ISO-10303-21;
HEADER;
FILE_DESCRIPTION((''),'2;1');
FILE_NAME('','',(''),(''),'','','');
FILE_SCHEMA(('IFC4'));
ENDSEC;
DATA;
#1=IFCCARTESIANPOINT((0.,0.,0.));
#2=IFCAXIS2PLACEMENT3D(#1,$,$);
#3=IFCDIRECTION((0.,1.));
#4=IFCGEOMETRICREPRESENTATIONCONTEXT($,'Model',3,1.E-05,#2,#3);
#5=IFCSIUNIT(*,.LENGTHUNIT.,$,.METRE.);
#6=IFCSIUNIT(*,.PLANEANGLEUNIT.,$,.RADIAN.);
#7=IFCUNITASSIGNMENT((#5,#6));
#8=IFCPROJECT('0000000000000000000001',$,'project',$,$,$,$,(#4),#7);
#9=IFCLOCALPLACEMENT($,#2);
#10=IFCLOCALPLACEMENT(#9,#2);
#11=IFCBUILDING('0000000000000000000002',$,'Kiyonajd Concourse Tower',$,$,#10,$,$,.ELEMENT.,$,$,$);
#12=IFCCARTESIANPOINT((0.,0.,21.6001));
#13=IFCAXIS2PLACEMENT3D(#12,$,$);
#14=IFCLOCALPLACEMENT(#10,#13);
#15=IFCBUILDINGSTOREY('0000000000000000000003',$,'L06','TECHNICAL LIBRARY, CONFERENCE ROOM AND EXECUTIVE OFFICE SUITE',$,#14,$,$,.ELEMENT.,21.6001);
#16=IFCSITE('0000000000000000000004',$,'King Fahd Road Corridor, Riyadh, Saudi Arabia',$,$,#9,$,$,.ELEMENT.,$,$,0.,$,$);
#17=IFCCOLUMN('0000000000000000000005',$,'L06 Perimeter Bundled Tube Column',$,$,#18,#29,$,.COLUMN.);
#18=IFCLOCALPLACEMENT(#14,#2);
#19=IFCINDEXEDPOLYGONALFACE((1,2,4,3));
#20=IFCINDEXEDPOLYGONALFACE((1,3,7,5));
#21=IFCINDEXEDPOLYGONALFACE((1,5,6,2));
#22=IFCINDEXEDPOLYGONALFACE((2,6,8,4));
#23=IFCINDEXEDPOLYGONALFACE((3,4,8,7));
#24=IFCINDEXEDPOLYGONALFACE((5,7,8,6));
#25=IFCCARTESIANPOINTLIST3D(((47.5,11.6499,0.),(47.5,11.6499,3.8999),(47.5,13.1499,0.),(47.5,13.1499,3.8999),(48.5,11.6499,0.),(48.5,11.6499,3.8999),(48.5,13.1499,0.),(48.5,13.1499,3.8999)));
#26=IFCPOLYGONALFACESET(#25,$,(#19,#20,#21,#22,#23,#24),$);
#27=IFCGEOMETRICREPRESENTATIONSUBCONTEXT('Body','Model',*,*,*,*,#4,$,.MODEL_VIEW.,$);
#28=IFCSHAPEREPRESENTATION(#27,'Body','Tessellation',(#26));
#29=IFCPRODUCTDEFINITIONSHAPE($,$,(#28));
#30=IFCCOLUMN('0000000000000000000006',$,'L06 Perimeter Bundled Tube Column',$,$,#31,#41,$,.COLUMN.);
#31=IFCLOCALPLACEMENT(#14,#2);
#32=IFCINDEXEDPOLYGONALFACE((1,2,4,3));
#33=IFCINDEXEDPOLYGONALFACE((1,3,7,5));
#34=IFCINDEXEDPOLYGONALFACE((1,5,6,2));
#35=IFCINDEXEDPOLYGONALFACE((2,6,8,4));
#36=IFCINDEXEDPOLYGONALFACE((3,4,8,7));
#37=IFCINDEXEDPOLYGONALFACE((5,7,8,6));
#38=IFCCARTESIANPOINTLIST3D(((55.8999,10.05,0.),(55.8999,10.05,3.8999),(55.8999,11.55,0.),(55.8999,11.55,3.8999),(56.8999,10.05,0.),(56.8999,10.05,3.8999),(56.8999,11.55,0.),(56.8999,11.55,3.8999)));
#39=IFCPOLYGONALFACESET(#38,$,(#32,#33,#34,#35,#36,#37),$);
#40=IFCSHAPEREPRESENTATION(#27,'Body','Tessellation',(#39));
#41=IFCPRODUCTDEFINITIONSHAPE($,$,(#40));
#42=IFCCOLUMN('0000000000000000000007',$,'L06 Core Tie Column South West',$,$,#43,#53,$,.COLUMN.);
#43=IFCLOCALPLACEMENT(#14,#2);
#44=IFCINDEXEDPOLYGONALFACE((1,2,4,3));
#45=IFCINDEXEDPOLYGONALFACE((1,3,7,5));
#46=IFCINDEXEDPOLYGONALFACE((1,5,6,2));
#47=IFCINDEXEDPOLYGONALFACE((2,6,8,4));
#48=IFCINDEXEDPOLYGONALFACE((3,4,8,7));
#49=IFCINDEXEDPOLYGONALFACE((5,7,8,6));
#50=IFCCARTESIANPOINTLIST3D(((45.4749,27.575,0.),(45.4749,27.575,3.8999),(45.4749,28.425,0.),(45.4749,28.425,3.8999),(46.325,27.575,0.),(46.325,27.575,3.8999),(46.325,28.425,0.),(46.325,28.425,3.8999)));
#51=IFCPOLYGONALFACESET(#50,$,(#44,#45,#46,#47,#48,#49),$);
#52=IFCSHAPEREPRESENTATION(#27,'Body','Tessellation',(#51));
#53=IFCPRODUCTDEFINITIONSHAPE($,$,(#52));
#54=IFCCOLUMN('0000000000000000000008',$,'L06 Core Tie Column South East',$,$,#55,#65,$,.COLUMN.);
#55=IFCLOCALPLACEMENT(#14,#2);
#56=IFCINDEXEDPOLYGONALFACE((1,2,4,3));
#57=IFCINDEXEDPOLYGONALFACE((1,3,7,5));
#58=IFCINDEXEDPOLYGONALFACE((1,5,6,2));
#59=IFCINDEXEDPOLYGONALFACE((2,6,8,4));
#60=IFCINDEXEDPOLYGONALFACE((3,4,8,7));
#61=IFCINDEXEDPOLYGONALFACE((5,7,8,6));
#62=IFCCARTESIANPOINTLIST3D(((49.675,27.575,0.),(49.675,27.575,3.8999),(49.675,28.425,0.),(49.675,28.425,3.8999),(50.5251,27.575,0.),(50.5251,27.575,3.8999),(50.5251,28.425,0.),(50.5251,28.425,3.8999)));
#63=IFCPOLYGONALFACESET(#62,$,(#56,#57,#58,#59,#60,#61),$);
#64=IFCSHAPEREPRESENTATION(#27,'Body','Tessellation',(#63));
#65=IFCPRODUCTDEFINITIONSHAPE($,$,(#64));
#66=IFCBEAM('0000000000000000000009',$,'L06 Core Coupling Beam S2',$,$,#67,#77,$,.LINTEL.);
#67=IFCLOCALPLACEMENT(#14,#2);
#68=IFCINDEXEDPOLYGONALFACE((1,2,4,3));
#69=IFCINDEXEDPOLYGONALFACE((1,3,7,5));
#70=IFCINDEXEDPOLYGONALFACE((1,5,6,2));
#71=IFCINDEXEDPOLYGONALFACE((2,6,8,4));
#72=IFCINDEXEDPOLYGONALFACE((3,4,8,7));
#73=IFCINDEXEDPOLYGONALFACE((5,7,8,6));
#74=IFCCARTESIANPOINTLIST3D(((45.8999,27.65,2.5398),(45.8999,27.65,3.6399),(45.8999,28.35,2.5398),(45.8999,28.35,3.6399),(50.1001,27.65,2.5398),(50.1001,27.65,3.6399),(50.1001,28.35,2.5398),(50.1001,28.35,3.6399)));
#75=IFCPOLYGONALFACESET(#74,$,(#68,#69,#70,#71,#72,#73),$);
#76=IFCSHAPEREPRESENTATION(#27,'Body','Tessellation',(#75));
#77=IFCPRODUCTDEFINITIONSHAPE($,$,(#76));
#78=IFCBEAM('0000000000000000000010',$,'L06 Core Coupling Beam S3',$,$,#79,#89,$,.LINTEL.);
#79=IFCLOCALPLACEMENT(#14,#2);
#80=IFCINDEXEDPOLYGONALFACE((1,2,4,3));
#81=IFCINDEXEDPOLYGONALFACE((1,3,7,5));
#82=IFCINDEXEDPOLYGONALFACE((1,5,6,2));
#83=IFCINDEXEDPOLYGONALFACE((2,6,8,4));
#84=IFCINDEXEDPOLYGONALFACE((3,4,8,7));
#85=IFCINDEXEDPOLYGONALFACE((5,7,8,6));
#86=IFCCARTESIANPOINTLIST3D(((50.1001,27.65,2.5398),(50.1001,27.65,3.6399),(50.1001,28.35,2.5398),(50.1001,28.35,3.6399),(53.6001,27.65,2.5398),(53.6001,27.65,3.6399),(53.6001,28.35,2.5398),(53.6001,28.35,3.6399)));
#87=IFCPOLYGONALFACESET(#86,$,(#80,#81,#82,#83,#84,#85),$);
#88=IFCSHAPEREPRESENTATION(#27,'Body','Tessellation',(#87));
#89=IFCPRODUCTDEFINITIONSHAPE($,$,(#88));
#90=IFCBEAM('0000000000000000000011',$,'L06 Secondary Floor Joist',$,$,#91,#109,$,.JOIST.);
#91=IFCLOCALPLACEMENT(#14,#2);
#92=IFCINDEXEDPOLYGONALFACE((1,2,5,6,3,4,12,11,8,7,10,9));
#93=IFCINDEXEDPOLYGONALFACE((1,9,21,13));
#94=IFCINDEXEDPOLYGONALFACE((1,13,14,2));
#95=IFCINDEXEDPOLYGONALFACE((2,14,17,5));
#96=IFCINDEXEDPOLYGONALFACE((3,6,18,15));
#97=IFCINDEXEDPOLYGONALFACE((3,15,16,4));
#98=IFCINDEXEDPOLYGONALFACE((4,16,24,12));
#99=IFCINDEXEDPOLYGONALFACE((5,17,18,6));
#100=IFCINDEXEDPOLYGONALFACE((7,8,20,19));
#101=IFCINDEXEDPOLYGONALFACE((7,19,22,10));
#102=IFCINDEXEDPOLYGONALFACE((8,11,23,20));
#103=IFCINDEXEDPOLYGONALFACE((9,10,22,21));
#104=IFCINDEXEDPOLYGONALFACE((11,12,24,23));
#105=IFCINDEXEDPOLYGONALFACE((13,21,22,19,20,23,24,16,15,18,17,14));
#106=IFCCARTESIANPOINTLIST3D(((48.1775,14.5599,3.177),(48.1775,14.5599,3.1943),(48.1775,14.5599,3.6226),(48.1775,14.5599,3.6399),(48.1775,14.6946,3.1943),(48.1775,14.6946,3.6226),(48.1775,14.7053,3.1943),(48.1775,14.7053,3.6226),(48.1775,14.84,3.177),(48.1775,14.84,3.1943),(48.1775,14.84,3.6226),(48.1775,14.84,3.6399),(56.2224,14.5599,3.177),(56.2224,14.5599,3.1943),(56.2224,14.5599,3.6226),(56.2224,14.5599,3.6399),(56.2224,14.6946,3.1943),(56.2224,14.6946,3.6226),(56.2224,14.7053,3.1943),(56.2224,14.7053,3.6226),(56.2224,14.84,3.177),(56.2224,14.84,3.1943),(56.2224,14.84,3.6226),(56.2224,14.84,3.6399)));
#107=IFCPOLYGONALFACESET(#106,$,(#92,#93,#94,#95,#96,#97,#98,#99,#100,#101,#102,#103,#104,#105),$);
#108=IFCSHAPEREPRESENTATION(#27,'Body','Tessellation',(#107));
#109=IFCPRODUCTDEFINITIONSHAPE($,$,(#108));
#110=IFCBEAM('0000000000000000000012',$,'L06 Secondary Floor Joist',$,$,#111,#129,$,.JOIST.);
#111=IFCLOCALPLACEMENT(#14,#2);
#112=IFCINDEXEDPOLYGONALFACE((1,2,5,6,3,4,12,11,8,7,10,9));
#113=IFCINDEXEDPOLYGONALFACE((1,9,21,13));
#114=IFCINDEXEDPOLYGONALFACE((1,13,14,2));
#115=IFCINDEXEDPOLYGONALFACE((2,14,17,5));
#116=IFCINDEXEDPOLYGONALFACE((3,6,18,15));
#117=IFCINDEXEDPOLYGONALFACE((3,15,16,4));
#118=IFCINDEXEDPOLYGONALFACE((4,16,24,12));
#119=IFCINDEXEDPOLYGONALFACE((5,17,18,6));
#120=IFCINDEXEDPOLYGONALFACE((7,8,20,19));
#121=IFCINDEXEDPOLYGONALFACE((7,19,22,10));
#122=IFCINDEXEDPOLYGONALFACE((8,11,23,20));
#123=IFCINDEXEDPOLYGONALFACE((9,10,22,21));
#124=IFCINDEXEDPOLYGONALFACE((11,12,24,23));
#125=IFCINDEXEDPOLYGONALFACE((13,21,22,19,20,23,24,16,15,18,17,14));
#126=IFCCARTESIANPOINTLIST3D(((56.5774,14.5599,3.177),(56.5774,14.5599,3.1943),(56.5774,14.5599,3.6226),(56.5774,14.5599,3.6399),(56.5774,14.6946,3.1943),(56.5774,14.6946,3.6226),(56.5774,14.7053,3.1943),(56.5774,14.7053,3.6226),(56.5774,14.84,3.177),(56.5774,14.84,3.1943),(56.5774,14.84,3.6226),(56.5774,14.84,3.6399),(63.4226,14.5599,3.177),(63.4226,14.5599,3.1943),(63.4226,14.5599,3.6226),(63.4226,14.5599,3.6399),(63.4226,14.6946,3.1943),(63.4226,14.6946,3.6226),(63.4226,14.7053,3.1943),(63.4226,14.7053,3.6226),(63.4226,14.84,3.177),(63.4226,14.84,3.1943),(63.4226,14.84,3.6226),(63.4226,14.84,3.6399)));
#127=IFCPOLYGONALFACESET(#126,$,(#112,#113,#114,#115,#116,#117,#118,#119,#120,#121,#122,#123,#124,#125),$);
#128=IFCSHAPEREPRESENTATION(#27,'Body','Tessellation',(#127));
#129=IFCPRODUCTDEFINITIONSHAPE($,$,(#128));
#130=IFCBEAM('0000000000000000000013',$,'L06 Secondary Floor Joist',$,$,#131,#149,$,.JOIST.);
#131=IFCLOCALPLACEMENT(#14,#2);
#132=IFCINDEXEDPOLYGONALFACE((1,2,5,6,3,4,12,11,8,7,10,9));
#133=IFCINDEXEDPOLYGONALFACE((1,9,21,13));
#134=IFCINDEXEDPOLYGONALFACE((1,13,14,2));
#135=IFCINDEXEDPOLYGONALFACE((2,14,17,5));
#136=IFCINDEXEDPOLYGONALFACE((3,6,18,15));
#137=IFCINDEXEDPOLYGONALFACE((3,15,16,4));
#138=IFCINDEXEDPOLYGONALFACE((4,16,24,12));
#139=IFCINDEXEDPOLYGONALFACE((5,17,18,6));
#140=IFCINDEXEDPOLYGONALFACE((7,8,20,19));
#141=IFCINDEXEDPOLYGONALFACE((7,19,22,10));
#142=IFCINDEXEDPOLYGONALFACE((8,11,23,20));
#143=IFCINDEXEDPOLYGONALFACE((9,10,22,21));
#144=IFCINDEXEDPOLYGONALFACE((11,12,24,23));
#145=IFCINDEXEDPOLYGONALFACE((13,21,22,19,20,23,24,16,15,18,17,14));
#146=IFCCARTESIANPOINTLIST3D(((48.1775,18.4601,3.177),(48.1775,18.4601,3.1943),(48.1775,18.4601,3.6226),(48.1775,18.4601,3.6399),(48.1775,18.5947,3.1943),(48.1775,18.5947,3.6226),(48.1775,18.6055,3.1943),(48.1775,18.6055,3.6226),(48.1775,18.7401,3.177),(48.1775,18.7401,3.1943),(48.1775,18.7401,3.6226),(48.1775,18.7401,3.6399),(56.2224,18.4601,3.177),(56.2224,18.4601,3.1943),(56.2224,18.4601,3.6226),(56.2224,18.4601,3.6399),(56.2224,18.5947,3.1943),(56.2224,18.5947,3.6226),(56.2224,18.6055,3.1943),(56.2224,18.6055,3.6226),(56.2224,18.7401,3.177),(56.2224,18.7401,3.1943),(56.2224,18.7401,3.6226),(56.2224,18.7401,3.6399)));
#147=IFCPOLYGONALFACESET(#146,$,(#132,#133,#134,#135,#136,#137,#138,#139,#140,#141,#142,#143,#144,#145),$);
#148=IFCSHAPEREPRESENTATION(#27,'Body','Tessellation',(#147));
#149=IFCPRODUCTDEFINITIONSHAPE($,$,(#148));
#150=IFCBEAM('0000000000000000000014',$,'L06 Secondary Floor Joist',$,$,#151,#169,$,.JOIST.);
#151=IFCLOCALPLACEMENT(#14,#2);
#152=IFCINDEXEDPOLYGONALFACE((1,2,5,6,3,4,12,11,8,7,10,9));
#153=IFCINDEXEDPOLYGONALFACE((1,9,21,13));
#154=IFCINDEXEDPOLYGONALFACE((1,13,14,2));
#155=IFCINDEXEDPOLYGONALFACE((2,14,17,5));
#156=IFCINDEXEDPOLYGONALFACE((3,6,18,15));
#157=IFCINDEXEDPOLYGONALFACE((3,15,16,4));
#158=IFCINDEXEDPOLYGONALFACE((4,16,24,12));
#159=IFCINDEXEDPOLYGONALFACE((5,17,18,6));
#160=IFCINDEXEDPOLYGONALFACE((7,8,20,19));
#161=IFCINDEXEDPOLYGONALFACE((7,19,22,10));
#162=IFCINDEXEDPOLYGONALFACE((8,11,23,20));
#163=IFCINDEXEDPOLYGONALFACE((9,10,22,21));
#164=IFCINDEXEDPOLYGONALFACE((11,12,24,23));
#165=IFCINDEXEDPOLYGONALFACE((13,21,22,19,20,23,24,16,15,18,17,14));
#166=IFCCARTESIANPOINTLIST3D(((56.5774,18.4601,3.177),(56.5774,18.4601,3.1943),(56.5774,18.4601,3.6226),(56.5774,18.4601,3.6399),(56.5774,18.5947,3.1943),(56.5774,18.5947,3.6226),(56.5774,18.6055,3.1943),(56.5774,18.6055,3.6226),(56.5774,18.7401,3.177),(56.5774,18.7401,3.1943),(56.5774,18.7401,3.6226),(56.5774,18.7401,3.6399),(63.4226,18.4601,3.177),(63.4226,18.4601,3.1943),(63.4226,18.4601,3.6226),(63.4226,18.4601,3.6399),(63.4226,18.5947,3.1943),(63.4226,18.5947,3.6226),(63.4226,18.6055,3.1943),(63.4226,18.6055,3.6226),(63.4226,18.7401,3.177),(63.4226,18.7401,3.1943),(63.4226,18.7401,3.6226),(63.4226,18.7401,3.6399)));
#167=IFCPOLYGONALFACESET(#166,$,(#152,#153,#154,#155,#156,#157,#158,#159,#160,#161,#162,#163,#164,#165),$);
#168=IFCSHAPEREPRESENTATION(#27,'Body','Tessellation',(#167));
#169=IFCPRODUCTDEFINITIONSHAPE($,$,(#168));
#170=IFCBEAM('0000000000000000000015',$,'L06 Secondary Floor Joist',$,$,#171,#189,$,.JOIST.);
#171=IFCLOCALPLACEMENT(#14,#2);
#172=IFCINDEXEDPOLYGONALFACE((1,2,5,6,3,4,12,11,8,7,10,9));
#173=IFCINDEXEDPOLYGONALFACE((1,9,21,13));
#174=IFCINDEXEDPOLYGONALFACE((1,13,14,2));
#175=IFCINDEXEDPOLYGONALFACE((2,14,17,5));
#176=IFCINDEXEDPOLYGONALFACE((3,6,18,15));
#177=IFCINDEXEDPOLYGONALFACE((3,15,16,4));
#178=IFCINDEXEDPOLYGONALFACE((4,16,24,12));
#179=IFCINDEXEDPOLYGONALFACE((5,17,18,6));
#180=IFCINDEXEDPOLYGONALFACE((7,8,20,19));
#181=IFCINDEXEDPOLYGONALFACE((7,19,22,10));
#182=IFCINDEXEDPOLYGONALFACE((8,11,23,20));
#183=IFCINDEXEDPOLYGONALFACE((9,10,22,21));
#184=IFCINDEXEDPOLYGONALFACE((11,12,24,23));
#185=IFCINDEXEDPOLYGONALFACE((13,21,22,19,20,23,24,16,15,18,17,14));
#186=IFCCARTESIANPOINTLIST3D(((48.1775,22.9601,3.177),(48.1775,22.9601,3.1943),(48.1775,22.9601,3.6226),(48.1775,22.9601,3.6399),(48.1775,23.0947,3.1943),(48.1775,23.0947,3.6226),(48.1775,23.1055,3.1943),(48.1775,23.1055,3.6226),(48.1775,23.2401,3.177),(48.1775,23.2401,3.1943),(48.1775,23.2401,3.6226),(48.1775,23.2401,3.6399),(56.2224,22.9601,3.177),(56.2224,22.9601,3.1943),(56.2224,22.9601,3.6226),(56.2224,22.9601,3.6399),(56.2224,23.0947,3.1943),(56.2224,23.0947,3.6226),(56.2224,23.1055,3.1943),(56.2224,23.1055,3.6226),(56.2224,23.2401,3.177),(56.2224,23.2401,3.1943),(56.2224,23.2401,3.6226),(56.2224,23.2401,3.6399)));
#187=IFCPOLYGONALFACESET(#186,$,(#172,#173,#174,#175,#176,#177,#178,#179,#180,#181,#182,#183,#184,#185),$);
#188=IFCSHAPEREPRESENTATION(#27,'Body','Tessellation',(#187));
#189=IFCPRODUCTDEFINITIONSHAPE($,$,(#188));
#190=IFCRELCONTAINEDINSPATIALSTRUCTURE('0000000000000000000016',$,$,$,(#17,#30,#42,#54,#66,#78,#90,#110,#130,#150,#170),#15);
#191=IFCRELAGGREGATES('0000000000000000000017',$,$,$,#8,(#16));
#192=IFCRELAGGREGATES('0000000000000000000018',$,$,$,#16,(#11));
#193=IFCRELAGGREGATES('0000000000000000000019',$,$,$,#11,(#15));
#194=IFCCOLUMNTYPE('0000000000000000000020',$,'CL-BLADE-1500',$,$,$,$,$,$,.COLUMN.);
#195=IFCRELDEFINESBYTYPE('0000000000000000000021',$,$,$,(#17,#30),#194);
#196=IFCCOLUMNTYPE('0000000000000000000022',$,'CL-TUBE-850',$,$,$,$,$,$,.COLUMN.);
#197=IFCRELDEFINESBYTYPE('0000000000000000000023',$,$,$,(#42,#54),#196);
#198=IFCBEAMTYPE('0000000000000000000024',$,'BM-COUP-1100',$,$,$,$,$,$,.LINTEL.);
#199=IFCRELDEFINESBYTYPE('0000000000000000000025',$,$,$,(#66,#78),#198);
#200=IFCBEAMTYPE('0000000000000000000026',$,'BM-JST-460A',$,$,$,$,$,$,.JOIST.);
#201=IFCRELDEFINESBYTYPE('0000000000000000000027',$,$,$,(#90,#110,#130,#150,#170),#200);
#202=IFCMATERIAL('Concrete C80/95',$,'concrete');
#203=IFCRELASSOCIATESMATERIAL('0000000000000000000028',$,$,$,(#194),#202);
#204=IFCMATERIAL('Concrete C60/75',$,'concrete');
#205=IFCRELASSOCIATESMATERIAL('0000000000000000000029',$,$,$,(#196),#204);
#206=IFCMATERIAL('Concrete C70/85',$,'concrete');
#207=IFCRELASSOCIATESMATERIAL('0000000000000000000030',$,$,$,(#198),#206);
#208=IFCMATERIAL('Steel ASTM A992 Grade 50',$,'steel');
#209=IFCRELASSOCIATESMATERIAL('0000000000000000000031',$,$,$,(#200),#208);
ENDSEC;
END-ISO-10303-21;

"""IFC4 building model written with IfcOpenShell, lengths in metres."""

from ifc_helpers import new_model, si_unit, direction, frame, origin, origin_2d, place, context, subcontext, project, spatial, rectangle, i_section, extrude, material, material_profile, profile_set, type_object, element, save


model = new_model("IFC4")

# Units and contexts
model_context = context("Model", 3, precision=1e-05, world=origin(), true_north=direction((0.0, 1.0)))
body_context = subcontext(model_context, "Body", "Model", "MODEL_VIEW")
ifc_project = project(units=[si_unit("LENGTHUNIT", "METRE"), si_unit("PLANEANGLEUNIT", "RADIAN")], contexts=[model_context])

# Site, building, storey
site_placement = place(None, origin())
site = spatial("IfcSite", under=ifc_project, at=site_placement, Name="King Fahd Road Corridor, Riyadh, Saudi Arabia", CompositionType="ELEMENT", RefElevation=0.0)
building_placement = place(site_placement, origin())
building = spatial("IfcBuilding", under=site, at=building_placement, Name="Kiyonajd Concourse Tower", CompositionType="ELEMENT")
storey_placement = place(building_placement, frame((0.0, 0.0, 21.6001)))
storey = spatial("IfcBuildingStorey", under=building, at=storey_placement, Name="L06", Description="TECHNICAL LIBRARY, CONFERENCE ROOM AND EXECUTIVE OFFICE SUITE", CompositionType="ELEMENT", Elevation=21.6001)

# Columns
ifc_material_1 = material(Name="Concrete C80/95", Category="concrete")
ifc_material_profile_1 = material_profile(ifc_material_1, rectangle(XDim=1.0, YDim=1.5, at=origin_2d()), Name="RC-1500x1000")
ifc_profile_set_1 = profile_set([ifc_material_profile_1], Name="Concrete C80/95")
column_type_1 = type_object("IfcColumnType", Name="CL-BLADE-1500", PredefinedType="COLUMN", material=ifc_profile_set_1)
for number, where, z_axis, x_axis, name in (
    (1, (48.0, 12.3999, 0.0), (0.0, 0.0, 1.0), (1.0, 0.0, 0.0), "L06 Perimeter Bundled Tube Column"),
    (2, (56.3999, 10.8, 0.0), (0.0, 0.0, 1.0), (1.0, 0.0, 0.0), "L06 Perimeter Bundled Tube Column"),
):
    element("IfcColumn", number, at=place(storey_placement, frame(where, z_axis=z_axis, x_axis=x_axis)), inside=storey, type_object=column_type_1, Name=name, PredefinedType="COLUMN", context=body_context, shape_type="SweptSolid", body=[
        extrude(rectangle(XDim=1.0, YDim=1.5, at=origin_2d()), origin(), (0.0, 0.0, 1.0), 3.8999),
    ])
ifc_material_2 = material(Name="Concrete C60/75", Category="concrete")
ifc_material_profile_2 = material_profile(ifc_material_2, rectangle(XDim=0.8501, YDim=0.8501, at=origin_2d()), Name="RC-850x850")
ifc_profile_set_2 = profile_set([ifc_material_profile_2], Name="Concrete C60/75")
column_type_2 = type_object("IfcColumnType", Name="CL-TUBE-850", PredefinedType="COLUMN", material=ifc_profile_set_2)
for number, where, z_axis, x_axis, name in (
    (3, (45.8999, 28.0, 0.0), (0.0, 0.0, 1.0), (1.0, 0.0, 0.0), "L06 Core Tie Column South West"),
    (4, (50.1001, 28.0, 0.0), (0.0, 0.0, 1.0), (1.0, 0.0, 0.0), "L06 Core Tie Column South East"),
):
    element("IfcColumn", number, at=place(storey_placement, frame(where, z_axis=z_axis, x_axis=x_axis)), inside=storey, type_object=column_type_2, Name=name, PredefinedType="COLUMN", context=body_context, shape_type="SweptSolid", body=[
        extrude(rectangle(XDim=0.8501, YDim=0.8501, at=origin_2d()), origin(), (0.0, 0.0, 1.0), 3.8999),
    ])

# Beams
ifc_material_3 = material(Name="Concrete C70/85", Category="concrete")
ifc_material_profile_3 = material_profile(ifc_material_3, rectangle(XDim=0.7, YDim=1.1001, at=origin_2d()), Name="RCBM-700x1100")
ifc_profile_set_3 = profile_set([ifc_material_profile_3], Name="Concrete C70/85")
beam_type_1 = type_object("IfcBeamType", Name="BM-COUP-1100", PredefinedType="LINTEL", material=ifc_profile_set_3)
beam_1_placement = place(storey_placement, frame((45.8999, 28.0, 3.0898), z_axis=(1.0, 0.0, 0.0), x_axis=(0.0, 1.0, 0.0)))
element("IfcBeam", 5, at=beam_1_placement, inside=storey, type_object=beam_type_1, Name="L06 Core Coupling Beam S2", PredefinedType="LINTEL", context=body_context, shape_type="SweptSolid", body=[
    extrude(rectangle(XDim=0.7, YDim=1.1001, at=origin_2d()), origin(), (0.0, 0.0, 1.0), 4.2002),
])
beam_2_placement = place(storey_placement, frame((50.1001, 28.0, 3.0898), z_axis=(1.0, 0.0, 0.0), x_axis=(0.0, 1.0, 0.0)))
element("IfcBeam", 6, at=beam_2_placement, inside=storey, type_object=beam_type_1, Name="L06 Core Coupling Beam S3", PredefinedType="LINTEL", context=body_context, shape_type="SweptSolid", body=[
    extrude(rectangle(XDim=0.7, YDim=1.1001, at=origin_2d()), origin(), (0.0, 0.0, 1.0), 3.5),
])
ifc_material_4 = material(Name="Steel ASTM A992 Grade 50", Category="steel")
ifc_material_profile_4 = material_profile(ifc_material_4, i_section(OverallWidth=0.28, OverallDepth=0.4629, WebThickness=0.0107, FlangeThickness=0.0173, at=origin_2d()), Name="W460X113")
ifc_profile_set_4 = profile_set([ifc_material_profile_4], Name="Steel ASTM A992 Grade 50")
beam_type_2 = type_object("IfcBeamType", Name="BM-JST-460A", PredefinedType="JOIST", material=ifc_profile_set_4)
beam_3_placement = place(storey_placement, frame((48.1775, 14.7, 3.4084), z_axis=(1.0, 0.0, 0.0), x_axis=(0.0, 1.0, 0.0)))
element("IfcBeam", 7, at=beam_3_placement, inside=storey, type_object=beam_type_2, Name="L06 Secondary Floor Joist", PredefinedType="JOIST", context=body_context, shape_type="SweptSolid", body=[
    extrude(i_section(OverallWidth=0.28, OverallDepth=0.4629, WebThickness=0.0107, FlangeThickness=0.0173, at=origin_2d()), origin(), (0.0, 0.0, 1.0), 8.0449),
])
beam_4_placement = place(storey_placement, frame((56.5774, 14.7, 3.4084), z_axis=(1.0, 0.0, 0.0), x_axis=(0.0, 1.0, 0.0)))
element("IfcBeam", 8, at=beam_4_placement, inside=storey, type_object=beam_type_2, Name="L06 Secondary Floor Joist", PredefinedType="JOIST", context=body_context, shape_type="SweptSolid", body=[
    extrude(i_section(OverallWidth=0.28, OverallDepth=0.4629, WebThickness=0.0107, FlangeThickness=0.0173, at=origin_2d()), origin(), (0.0, 0.0, 1.0), 6.8452),
])
beam_5_placement = place(storey_placement, frame((48.1775, 18.6001, 3.4084), z_axis=(1.0, 0.0, 0.0), x_axis=(0.0, 1.0, 0.0)))
element("IfcBeam", 9, at=beam_5_placement, inside=storey, type_object=beam_type_2, Name="L06 Secondary Floor Joist", PredefinedType="JOIST", context=body_context, shape_type="SweptSolid", body=[
    extrude(i_section(OverallWidth=0.28, OverallDepth=0.4629, WebThickness=0.0107, FlangeThickness=0.0173, at=origin_2d()), origin(), (0.0, 0.0, 1.0), 8.0449),
])
beam_6_placement = place(storey_placement, frame((56.5774, 18.6001, 3.4084), z_axis=(1.0, 0.0, 0.0), x_axis=(0.0, 1.0, 0.0)))
element("IfcBeam", 10, at=beam_6_placement, inside=storey, type_object=beam_type_2, Name="L06 Secondary Floor Joist", PredefinedType="JOIST", context=body_context, shape_type="SweptSolid", body=[
    extrude(i_section(OverallWidth=0.28, OverallDepth=0.4629, WebThickness=0.0107, FlangeThickness=0.0173, at=origin_2d()), origin(), (0.0, 0.0, 1.0), 6.8452),
])
beam_7_placement = place(storey_placement, frame((48.1775, 23.1001, 3.4084), z_axis=(1.0, 0.0, 0.0), x_axis=(0.0, 1.0, 0.0)))
element("IfcBeam", 11, at=beam_7_placement, inside=storey, type_object=beam_type_2, Name="L06 Secondary Floor Joist", PredefinedType="JOIST", context=body_context, shape_type="SweptSolid", body=[
    extrude(i_section(OverallWidth=0.28, OverallDepth=0.4629, WebThickness=0.0107, FlangeThickness=0.0173, at=origin_2d()), origin(), (0.0, 0.0, 1.0), 8.0449),
])

save(model, "model.ifc")
